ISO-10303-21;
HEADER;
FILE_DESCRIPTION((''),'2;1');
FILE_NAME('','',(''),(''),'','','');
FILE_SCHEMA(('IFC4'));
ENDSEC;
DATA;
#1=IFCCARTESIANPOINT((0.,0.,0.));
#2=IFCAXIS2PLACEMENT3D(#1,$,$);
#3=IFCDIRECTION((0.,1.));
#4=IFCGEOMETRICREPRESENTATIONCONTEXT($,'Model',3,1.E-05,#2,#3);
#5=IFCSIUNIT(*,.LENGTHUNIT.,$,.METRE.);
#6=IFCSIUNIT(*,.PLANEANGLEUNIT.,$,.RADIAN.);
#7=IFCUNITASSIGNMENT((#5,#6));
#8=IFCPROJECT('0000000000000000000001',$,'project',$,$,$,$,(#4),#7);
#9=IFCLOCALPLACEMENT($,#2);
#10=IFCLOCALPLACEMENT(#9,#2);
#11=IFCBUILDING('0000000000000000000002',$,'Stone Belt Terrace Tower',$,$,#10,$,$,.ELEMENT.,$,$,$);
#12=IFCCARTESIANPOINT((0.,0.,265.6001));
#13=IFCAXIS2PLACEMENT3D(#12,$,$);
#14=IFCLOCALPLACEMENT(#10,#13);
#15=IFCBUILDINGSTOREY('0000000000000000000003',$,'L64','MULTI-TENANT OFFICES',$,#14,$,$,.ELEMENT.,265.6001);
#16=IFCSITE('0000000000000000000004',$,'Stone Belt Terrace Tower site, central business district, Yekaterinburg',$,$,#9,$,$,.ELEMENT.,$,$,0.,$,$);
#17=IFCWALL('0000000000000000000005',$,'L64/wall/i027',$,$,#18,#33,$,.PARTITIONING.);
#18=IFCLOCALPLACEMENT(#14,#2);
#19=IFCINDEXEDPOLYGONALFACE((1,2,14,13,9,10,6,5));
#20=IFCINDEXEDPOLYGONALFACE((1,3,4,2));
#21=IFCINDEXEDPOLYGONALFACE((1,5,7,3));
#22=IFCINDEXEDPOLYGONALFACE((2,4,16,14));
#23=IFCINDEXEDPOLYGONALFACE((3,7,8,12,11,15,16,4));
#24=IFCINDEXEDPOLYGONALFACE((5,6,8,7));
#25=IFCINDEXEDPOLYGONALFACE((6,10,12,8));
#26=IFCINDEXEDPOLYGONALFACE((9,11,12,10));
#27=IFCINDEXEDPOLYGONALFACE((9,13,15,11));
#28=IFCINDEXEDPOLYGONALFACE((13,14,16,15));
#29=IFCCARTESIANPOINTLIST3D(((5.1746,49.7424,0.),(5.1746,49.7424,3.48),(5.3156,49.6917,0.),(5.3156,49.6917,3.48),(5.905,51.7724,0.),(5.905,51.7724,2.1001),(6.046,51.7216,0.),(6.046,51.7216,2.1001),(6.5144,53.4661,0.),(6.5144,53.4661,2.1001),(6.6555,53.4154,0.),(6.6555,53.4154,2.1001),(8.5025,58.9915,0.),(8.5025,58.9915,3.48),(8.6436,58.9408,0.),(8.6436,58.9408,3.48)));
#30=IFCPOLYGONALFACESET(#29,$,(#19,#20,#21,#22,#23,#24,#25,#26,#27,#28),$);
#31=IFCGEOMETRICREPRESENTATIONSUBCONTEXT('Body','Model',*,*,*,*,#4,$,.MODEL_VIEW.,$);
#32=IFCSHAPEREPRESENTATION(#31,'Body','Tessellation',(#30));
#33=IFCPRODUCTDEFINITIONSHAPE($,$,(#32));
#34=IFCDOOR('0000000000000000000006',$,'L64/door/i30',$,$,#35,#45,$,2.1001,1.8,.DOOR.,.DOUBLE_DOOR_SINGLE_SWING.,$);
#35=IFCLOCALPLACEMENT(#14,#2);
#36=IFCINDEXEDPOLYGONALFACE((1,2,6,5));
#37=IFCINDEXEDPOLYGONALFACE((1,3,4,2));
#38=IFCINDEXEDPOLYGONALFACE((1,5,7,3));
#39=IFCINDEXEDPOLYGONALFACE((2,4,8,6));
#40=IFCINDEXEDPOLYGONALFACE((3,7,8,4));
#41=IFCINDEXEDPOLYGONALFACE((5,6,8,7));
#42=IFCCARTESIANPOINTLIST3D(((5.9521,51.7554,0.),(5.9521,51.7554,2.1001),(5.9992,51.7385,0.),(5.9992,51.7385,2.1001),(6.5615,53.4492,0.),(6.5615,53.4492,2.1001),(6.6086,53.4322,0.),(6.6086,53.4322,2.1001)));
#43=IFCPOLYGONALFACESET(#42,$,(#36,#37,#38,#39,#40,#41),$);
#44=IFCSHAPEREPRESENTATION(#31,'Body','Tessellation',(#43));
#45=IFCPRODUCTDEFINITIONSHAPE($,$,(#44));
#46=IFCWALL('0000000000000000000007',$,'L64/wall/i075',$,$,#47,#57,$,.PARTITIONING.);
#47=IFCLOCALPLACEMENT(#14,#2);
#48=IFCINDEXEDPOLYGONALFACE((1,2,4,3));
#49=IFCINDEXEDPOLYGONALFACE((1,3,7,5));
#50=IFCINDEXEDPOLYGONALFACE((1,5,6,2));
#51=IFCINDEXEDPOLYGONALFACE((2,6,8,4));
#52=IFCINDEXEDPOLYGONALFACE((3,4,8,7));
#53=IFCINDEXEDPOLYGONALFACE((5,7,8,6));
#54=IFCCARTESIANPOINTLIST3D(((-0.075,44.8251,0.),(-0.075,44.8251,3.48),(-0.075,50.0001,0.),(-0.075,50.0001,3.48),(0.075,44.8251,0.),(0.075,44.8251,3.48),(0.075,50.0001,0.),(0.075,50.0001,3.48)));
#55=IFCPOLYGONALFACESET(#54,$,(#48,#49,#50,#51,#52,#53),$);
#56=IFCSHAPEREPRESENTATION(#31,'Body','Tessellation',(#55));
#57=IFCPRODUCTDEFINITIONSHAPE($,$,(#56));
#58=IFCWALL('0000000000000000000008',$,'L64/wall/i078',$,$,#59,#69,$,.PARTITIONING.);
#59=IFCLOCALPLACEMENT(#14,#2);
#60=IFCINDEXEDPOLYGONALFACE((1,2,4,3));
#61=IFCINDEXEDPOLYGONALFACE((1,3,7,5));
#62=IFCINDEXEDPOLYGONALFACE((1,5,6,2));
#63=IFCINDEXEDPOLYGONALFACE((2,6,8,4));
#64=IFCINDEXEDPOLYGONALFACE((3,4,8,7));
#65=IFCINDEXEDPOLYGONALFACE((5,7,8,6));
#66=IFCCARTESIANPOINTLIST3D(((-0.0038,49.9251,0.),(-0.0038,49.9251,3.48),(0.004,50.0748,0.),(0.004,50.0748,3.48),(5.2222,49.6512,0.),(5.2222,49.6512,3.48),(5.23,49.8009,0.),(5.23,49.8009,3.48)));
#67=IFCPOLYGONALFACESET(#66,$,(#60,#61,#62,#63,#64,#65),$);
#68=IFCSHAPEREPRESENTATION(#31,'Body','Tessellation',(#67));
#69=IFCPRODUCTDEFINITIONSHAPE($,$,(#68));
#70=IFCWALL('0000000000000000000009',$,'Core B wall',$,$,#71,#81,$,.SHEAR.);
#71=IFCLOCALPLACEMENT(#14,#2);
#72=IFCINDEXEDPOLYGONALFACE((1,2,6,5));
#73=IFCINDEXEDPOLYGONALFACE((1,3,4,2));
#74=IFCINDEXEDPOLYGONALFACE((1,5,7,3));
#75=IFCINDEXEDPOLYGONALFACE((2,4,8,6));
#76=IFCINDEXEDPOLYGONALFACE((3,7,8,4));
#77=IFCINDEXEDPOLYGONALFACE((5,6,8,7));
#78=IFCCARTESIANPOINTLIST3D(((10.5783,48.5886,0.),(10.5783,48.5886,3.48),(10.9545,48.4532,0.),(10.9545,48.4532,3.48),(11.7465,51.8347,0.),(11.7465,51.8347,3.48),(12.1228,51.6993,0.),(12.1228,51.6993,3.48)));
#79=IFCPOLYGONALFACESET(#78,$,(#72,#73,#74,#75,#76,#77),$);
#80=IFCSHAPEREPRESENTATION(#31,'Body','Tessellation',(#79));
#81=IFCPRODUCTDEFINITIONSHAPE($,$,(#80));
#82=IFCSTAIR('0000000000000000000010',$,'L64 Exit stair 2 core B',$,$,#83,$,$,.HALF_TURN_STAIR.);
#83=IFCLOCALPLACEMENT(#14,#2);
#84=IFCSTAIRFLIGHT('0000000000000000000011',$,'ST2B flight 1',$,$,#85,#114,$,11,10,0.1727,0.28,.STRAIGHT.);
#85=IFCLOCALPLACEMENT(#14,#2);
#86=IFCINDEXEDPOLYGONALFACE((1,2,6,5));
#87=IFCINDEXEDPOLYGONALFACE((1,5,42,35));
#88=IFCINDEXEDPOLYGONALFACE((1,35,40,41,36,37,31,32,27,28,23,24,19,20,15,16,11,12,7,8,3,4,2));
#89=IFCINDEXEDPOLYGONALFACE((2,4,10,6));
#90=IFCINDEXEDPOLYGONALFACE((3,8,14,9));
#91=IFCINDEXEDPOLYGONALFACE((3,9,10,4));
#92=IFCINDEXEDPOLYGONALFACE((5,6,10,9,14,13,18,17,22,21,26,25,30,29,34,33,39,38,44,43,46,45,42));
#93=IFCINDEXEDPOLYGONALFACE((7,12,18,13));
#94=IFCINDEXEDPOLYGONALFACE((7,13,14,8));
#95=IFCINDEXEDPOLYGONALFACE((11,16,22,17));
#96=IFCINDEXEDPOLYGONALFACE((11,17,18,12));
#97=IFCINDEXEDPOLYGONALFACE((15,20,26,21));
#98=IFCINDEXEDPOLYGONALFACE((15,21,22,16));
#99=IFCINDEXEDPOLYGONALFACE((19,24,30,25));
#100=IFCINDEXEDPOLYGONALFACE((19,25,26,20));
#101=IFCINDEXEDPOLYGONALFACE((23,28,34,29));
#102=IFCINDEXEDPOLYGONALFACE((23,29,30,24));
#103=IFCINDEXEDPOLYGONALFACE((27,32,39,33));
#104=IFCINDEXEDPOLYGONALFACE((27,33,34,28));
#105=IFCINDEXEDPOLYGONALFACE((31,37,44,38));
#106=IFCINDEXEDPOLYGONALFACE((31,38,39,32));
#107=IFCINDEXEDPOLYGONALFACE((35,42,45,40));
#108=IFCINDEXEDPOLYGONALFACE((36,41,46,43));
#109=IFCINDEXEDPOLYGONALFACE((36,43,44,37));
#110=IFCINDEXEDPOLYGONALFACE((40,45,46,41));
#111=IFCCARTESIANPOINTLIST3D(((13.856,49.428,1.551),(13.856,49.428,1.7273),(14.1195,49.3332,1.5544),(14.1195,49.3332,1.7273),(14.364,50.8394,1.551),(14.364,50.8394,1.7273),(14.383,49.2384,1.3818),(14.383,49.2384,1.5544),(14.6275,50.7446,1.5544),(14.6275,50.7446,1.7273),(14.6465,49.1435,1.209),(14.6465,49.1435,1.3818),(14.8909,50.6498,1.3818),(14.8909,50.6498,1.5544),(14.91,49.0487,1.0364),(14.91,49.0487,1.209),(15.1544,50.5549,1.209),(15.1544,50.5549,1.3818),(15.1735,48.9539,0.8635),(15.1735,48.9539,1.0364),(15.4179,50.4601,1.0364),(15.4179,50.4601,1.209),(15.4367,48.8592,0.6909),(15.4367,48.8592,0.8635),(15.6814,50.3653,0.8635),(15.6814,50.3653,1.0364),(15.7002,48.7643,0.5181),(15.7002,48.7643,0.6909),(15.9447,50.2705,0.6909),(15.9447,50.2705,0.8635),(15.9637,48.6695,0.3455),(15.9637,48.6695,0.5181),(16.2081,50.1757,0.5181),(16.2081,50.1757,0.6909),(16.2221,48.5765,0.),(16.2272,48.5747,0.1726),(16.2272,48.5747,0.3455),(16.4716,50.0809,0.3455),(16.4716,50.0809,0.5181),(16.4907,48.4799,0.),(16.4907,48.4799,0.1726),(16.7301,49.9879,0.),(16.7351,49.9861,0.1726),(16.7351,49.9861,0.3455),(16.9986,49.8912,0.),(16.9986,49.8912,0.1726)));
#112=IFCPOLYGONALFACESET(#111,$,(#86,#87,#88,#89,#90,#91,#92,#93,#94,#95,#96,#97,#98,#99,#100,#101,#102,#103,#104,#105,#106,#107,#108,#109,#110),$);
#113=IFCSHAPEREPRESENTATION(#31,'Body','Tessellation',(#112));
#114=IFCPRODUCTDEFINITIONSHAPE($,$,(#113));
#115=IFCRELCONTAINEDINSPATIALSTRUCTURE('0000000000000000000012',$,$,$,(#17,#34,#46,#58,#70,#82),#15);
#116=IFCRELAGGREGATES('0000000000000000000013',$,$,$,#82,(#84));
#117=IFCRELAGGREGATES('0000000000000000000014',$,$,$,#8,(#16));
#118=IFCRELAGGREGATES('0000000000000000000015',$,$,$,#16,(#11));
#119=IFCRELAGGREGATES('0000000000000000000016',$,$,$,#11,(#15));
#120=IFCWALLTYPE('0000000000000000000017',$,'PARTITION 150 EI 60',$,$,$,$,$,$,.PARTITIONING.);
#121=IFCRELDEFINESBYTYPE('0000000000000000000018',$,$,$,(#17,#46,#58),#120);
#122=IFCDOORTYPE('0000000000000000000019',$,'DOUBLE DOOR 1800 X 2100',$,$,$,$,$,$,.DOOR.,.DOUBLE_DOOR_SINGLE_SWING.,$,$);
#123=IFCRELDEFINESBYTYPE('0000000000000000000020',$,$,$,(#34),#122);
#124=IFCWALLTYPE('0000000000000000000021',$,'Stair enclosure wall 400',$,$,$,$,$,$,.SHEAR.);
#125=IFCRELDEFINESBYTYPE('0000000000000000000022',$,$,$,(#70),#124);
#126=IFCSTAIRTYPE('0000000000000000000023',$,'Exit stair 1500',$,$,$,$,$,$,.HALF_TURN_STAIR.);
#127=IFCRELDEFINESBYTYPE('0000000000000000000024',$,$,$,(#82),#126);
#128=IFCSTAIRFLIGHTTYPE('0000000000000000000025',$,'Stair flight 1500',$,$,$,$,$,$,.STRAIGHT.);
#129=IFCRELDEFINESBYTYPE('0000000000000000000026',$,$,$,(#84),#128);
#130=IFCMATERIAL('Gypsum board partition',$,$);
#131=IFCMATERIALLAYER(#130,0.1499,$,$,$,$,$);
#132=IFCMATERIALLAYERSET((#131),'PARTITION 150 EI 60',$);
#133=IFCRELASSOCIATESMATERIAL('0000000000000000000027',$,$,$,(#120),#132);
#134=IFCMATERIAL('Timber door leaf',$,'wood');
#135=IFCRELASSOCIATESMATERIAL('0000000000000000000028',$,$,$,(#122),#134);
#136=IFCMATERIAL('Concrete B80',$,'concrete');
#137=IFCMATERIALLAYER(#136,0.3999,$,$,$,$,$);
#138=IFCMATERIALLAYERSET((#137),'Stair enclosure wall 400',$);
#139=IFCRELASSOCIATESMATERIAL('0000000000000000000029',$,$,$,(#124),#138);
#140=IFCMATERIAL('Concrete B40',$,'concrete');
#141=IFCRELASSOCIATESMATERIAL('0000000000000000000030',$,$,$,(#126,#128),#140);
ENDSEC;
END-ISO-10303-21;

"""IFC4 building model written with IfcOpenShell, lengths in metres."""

from ifc_helpers import new_model, si_unit, direction, frame, frame_2d, origin, place, context, subcontext, project, spatial, polyline, rectangle, outline, extrude, material, layer, layer_set, type_object, element, fill, aggregate, save


model = new_model("IFC4")

# Units and contexts
model_context = context("Model", 3, precision=1e-05, world=origin(), true_north=direction((0.0, 1.0)))
body_context = subcontext(model_context, "Body", "Model", "MODEL_VIEW")
ifc_project = project(units=[si_unit("LENGTHUNIT", "METRE"), si_unit("PLANEANGLEUNIT", "RADIAN")], contexts=[model_context])

# Site, building, storey
site_placement = place(None, origin())
site = spatial("IfcSite", under=ifc_project, at=site_placement, Name="Stone Belt Terrace Tower site, central business district, Yekaterinburg", CompositionType="ELEMENT", RefElevation=0.0)
building_placement = place(site_placement, origin())
building = spatial("IfcBuilding", under=site, at=building_placement, Name="Stone Belt Terrace Tower", CompositionType="ELEMENT")
storey_placement = place(building_placement, frame((0.0, 0.0, 265.6001)))
storey = spatial("IfcBuildingStorey", under=building, at=storey_placement, Name="L64", Description="MULTI-TENANT OFFICES", CompositionType="ELEMENT", Elevation=265.6001)

# Shared definitions
ifc_material_1 = material(Name="Timber door leaf", Category="wood")

# Shared definitions
ifc_material_2 = material(Name="Concrete B80", Category="concrete")

# Wall, opening, door
ifc_material_3 = material(Name="Gypsum board partition")
ifc_layer_1 = layer(ifc_material_3, 0.1499)
ifc_layer_set_1 = layer_set([ifc_layer_1], Name="PARTITION 150 EI 60")
wall_type_1 = type_object("IfcWallType", Name="PARTITION 150 EI 60", PredefinedType="PARTITIONING", material=ifc_layer_set_1)
wall_1_placement = place(storey_placement, frame((5.2451, 49.717, 0.0), z_axis=(0.0, 0.0, 1.0), x_axis=(0.33856, 0.940945, 0.0)))
wall_1 = element("IfcWall", 1, at=wall_1_placement, inside=storey, type_object=wall_type_1, Name="L64/wall/i027", PredefinedType="PARTITIONING", context=body_context, shape_type="SweptSolid", body=[
    extrude(rectangle(XDim=9.8296, YDim=0.1499, at=frame_2d((4.9148, 0.0))), origin(), (0.0, 0.0, 1.0), 3.48),
])
opening_1_placement = place(wall_1_placement, frame((2.1575, 0.0, 0.0)))
opening_1 = element("IfcOpeningElement", 2, at=opening_1_placement, cuts=wall_1, PredefinedType="OPENING", context=body_context, shape_type="SweptSolid", body=[
    extrude(rectangle(XDim=1.8, YDim=2.1001, at=frame_2d((0.8999, 1.05))), frame((0.0, 0.085, 0.0), z_axis=(0.0, -1.0, 0.0), x_axis=(1.0, 0.0, 0.0)), (0.0, 0.0, 1.0), 0.1699),
])
door_type_1 = type_object("IfcDoorType", Name="DOUBLE DOOR 1800 X 2100", OperationType="DOUBLE_DOOR_SINGLE_SWING", PredefinedType="DOOR", material=ifc_material_1)
door_1_placement = place(opening_1_placement, origin())
door_1 = element("IfcDoor", 3, at=door_1_placement, inside=storey, type_object=door_type_1, Name="L64/door/i30", OperationType="DOUBLE_DOOR_SINGLE_SWING", OverallHeight=2.1001, OverallWidth=1.8, PredefinedType="DOOR", context=body_context, shape_type="SweptSolid", body=[
    extrude(rectangle(XDim=1.8, YDim=2.1001, at=frame_2d((0.8999, 1.05))), frame((0.0, 0.0249, 0.0), z_axis=(0.0, -1.0, 0.0), x_axis=(1.0, 0.0, 0.0)), (0.0, 0.0, 1.0), 0.05),
])
fill(opening_1, door_1)

# Walls
wall_2_placement = place(storey_placement, frame((0.0, 50.0, 0.0), z_axis=(0.0, 0.0, 1.0), x_axis=(0.0, -1.0, 0.0)))
element("IfcWall", 4, at=wall_2_placement, inside=storey, type_object=wall_type_1, Name="L64/wall/i075", PredefinedType="PARTITIONING", context=body_context, shape_type="SweptSolid", body=[
    extrude(rectangle(XDim=5.175, YDim=0.1499, at=frame_2d((2.5874, 0.0))), origin(), (0.0, 0.0, 1.0), 3.48),
])
wall_3_placement = place(storey_placement, frame((0.0, 50.0, 0.0), z_axis=(0.0, 0.0, 1.0), x_axis=(0.998629, -0.052343, 0.0)))
element("IfcWall", 5, at=wall_3_placement, inside=storey, type_object=wall_type_1, Name="L64/wall/i078", PredefinedType="PARTITIONING", context=body_context, shape_type="SweptSolid", body=[
    extrude(rectangle(XDim=5.2332, YDim=0.1499, at=frame_2d((2.6167, 0.0))), origin(), (0.0, 0.0, 1.0), 3.48),
])
ifc_layer_2 = layer(ifc_material_2, 0.3999)
ifc_layer_set_2 = layer_set([ifc_layer_2], Name="Stair enclosure wall 400")
wall_type_2 = type_object("IfcWallType", Name="Stair enclosure wall 400", PredefinedType="SHEAR", material=ifc_layer_set_2)
wall_4_placement = place(storey_placement, frame((10.7664, 48.5208, 0.0), z_axis=(0.0, 0.0, 1.0), x_axis=(0.338622, 0.940923, 0.0)))
element("IfcWall", 6, at=wall_4_placement, inside=storey, type_object=wall_type_2, Name="Core B wall", PredefinedType="SHEAR", context=body_context, shape_type="SweptSolid", body=[
    extrude(rectangle(XDim=3.45, YDim=0.3999, at=frame_2d((1.7251, 0.0))), origin(), (0.0, 0.0, 1.0), 3.48),
])

# Stair, stair flight
ifc_material_4 = material(Name="Concrete B40", Category="concrete")
stair_type = type_object("IfcStairType", Name="Exit stair 1500", PredefinedType="HALF_TURN_STAIR", material=ifc_material_4)
stair_placement = place(storey_placement, origin())
stair = element("IfcStair", 7, at=stair_placement, inside=storey, type_object=stair_type, Name="L64 Exit stair 2 core B", PredefinedType="HALF_TURN_STAIR")
stair_flight_type = type_object("IfcStairFlightType", Name="Stair flight 1500", PredefinedType="STRAIGHT", material=ifc_material_4)
stair_flight_placement = place(storey_placement, frame((16.7446, 49.1855, 0.0), z_axis=(0.0, 0.0, 1.0), x_axis=(-0.940922, 0.338624, 0.0)))
stair_flight = element("IfcStairFlight", 8, at=stair_flight_placement, type_object=stair_flight_type, Name="ST2B flight 1", NumberOfRisers=11, NumberOfTreads=10, PredefinedType="STRAIGHT", RiserHeight=0.1727, TreadLength=0.28, context=body_context, shape_type="SweptSolid", body=[
    extrude(outline(polyline([(0.0, 0.0), (0.0, 0.1726), (0.28, 0.1726), (0.28, 0.3455), (0.5601, 0.3455), (0.5601, 0.5181), (0.8401, 0.5181), (0.8401, 0.6909), (1.1201, 0.6909), (1.1201, 0.8635), (1.3999, 0.8635), (1.3999, 1.0364), (1.6799, 1.0364), (1.6799, 1.209), (1.96, 1.209), (1.96, 1.3818), (2.24, 1.3818), (2.24, 1.5544), (2.52, 1.5544), (2.52, 1.7273), (2.8, 1.7273), (2.8, 1.8999), (2.8, 1.551), (0.2854, 0.0), (0.0, 0.0)])), frame((0.0, 0.75, 0.0), z_axis=(0.0, -1.0, 0.0), x_axis=(1.0, 0.0, 0.0)), (0.0, 0.0, 1.0), 1.5),
])
aggregate(stair, [stair_flight])

save(model, "model.ifc")
